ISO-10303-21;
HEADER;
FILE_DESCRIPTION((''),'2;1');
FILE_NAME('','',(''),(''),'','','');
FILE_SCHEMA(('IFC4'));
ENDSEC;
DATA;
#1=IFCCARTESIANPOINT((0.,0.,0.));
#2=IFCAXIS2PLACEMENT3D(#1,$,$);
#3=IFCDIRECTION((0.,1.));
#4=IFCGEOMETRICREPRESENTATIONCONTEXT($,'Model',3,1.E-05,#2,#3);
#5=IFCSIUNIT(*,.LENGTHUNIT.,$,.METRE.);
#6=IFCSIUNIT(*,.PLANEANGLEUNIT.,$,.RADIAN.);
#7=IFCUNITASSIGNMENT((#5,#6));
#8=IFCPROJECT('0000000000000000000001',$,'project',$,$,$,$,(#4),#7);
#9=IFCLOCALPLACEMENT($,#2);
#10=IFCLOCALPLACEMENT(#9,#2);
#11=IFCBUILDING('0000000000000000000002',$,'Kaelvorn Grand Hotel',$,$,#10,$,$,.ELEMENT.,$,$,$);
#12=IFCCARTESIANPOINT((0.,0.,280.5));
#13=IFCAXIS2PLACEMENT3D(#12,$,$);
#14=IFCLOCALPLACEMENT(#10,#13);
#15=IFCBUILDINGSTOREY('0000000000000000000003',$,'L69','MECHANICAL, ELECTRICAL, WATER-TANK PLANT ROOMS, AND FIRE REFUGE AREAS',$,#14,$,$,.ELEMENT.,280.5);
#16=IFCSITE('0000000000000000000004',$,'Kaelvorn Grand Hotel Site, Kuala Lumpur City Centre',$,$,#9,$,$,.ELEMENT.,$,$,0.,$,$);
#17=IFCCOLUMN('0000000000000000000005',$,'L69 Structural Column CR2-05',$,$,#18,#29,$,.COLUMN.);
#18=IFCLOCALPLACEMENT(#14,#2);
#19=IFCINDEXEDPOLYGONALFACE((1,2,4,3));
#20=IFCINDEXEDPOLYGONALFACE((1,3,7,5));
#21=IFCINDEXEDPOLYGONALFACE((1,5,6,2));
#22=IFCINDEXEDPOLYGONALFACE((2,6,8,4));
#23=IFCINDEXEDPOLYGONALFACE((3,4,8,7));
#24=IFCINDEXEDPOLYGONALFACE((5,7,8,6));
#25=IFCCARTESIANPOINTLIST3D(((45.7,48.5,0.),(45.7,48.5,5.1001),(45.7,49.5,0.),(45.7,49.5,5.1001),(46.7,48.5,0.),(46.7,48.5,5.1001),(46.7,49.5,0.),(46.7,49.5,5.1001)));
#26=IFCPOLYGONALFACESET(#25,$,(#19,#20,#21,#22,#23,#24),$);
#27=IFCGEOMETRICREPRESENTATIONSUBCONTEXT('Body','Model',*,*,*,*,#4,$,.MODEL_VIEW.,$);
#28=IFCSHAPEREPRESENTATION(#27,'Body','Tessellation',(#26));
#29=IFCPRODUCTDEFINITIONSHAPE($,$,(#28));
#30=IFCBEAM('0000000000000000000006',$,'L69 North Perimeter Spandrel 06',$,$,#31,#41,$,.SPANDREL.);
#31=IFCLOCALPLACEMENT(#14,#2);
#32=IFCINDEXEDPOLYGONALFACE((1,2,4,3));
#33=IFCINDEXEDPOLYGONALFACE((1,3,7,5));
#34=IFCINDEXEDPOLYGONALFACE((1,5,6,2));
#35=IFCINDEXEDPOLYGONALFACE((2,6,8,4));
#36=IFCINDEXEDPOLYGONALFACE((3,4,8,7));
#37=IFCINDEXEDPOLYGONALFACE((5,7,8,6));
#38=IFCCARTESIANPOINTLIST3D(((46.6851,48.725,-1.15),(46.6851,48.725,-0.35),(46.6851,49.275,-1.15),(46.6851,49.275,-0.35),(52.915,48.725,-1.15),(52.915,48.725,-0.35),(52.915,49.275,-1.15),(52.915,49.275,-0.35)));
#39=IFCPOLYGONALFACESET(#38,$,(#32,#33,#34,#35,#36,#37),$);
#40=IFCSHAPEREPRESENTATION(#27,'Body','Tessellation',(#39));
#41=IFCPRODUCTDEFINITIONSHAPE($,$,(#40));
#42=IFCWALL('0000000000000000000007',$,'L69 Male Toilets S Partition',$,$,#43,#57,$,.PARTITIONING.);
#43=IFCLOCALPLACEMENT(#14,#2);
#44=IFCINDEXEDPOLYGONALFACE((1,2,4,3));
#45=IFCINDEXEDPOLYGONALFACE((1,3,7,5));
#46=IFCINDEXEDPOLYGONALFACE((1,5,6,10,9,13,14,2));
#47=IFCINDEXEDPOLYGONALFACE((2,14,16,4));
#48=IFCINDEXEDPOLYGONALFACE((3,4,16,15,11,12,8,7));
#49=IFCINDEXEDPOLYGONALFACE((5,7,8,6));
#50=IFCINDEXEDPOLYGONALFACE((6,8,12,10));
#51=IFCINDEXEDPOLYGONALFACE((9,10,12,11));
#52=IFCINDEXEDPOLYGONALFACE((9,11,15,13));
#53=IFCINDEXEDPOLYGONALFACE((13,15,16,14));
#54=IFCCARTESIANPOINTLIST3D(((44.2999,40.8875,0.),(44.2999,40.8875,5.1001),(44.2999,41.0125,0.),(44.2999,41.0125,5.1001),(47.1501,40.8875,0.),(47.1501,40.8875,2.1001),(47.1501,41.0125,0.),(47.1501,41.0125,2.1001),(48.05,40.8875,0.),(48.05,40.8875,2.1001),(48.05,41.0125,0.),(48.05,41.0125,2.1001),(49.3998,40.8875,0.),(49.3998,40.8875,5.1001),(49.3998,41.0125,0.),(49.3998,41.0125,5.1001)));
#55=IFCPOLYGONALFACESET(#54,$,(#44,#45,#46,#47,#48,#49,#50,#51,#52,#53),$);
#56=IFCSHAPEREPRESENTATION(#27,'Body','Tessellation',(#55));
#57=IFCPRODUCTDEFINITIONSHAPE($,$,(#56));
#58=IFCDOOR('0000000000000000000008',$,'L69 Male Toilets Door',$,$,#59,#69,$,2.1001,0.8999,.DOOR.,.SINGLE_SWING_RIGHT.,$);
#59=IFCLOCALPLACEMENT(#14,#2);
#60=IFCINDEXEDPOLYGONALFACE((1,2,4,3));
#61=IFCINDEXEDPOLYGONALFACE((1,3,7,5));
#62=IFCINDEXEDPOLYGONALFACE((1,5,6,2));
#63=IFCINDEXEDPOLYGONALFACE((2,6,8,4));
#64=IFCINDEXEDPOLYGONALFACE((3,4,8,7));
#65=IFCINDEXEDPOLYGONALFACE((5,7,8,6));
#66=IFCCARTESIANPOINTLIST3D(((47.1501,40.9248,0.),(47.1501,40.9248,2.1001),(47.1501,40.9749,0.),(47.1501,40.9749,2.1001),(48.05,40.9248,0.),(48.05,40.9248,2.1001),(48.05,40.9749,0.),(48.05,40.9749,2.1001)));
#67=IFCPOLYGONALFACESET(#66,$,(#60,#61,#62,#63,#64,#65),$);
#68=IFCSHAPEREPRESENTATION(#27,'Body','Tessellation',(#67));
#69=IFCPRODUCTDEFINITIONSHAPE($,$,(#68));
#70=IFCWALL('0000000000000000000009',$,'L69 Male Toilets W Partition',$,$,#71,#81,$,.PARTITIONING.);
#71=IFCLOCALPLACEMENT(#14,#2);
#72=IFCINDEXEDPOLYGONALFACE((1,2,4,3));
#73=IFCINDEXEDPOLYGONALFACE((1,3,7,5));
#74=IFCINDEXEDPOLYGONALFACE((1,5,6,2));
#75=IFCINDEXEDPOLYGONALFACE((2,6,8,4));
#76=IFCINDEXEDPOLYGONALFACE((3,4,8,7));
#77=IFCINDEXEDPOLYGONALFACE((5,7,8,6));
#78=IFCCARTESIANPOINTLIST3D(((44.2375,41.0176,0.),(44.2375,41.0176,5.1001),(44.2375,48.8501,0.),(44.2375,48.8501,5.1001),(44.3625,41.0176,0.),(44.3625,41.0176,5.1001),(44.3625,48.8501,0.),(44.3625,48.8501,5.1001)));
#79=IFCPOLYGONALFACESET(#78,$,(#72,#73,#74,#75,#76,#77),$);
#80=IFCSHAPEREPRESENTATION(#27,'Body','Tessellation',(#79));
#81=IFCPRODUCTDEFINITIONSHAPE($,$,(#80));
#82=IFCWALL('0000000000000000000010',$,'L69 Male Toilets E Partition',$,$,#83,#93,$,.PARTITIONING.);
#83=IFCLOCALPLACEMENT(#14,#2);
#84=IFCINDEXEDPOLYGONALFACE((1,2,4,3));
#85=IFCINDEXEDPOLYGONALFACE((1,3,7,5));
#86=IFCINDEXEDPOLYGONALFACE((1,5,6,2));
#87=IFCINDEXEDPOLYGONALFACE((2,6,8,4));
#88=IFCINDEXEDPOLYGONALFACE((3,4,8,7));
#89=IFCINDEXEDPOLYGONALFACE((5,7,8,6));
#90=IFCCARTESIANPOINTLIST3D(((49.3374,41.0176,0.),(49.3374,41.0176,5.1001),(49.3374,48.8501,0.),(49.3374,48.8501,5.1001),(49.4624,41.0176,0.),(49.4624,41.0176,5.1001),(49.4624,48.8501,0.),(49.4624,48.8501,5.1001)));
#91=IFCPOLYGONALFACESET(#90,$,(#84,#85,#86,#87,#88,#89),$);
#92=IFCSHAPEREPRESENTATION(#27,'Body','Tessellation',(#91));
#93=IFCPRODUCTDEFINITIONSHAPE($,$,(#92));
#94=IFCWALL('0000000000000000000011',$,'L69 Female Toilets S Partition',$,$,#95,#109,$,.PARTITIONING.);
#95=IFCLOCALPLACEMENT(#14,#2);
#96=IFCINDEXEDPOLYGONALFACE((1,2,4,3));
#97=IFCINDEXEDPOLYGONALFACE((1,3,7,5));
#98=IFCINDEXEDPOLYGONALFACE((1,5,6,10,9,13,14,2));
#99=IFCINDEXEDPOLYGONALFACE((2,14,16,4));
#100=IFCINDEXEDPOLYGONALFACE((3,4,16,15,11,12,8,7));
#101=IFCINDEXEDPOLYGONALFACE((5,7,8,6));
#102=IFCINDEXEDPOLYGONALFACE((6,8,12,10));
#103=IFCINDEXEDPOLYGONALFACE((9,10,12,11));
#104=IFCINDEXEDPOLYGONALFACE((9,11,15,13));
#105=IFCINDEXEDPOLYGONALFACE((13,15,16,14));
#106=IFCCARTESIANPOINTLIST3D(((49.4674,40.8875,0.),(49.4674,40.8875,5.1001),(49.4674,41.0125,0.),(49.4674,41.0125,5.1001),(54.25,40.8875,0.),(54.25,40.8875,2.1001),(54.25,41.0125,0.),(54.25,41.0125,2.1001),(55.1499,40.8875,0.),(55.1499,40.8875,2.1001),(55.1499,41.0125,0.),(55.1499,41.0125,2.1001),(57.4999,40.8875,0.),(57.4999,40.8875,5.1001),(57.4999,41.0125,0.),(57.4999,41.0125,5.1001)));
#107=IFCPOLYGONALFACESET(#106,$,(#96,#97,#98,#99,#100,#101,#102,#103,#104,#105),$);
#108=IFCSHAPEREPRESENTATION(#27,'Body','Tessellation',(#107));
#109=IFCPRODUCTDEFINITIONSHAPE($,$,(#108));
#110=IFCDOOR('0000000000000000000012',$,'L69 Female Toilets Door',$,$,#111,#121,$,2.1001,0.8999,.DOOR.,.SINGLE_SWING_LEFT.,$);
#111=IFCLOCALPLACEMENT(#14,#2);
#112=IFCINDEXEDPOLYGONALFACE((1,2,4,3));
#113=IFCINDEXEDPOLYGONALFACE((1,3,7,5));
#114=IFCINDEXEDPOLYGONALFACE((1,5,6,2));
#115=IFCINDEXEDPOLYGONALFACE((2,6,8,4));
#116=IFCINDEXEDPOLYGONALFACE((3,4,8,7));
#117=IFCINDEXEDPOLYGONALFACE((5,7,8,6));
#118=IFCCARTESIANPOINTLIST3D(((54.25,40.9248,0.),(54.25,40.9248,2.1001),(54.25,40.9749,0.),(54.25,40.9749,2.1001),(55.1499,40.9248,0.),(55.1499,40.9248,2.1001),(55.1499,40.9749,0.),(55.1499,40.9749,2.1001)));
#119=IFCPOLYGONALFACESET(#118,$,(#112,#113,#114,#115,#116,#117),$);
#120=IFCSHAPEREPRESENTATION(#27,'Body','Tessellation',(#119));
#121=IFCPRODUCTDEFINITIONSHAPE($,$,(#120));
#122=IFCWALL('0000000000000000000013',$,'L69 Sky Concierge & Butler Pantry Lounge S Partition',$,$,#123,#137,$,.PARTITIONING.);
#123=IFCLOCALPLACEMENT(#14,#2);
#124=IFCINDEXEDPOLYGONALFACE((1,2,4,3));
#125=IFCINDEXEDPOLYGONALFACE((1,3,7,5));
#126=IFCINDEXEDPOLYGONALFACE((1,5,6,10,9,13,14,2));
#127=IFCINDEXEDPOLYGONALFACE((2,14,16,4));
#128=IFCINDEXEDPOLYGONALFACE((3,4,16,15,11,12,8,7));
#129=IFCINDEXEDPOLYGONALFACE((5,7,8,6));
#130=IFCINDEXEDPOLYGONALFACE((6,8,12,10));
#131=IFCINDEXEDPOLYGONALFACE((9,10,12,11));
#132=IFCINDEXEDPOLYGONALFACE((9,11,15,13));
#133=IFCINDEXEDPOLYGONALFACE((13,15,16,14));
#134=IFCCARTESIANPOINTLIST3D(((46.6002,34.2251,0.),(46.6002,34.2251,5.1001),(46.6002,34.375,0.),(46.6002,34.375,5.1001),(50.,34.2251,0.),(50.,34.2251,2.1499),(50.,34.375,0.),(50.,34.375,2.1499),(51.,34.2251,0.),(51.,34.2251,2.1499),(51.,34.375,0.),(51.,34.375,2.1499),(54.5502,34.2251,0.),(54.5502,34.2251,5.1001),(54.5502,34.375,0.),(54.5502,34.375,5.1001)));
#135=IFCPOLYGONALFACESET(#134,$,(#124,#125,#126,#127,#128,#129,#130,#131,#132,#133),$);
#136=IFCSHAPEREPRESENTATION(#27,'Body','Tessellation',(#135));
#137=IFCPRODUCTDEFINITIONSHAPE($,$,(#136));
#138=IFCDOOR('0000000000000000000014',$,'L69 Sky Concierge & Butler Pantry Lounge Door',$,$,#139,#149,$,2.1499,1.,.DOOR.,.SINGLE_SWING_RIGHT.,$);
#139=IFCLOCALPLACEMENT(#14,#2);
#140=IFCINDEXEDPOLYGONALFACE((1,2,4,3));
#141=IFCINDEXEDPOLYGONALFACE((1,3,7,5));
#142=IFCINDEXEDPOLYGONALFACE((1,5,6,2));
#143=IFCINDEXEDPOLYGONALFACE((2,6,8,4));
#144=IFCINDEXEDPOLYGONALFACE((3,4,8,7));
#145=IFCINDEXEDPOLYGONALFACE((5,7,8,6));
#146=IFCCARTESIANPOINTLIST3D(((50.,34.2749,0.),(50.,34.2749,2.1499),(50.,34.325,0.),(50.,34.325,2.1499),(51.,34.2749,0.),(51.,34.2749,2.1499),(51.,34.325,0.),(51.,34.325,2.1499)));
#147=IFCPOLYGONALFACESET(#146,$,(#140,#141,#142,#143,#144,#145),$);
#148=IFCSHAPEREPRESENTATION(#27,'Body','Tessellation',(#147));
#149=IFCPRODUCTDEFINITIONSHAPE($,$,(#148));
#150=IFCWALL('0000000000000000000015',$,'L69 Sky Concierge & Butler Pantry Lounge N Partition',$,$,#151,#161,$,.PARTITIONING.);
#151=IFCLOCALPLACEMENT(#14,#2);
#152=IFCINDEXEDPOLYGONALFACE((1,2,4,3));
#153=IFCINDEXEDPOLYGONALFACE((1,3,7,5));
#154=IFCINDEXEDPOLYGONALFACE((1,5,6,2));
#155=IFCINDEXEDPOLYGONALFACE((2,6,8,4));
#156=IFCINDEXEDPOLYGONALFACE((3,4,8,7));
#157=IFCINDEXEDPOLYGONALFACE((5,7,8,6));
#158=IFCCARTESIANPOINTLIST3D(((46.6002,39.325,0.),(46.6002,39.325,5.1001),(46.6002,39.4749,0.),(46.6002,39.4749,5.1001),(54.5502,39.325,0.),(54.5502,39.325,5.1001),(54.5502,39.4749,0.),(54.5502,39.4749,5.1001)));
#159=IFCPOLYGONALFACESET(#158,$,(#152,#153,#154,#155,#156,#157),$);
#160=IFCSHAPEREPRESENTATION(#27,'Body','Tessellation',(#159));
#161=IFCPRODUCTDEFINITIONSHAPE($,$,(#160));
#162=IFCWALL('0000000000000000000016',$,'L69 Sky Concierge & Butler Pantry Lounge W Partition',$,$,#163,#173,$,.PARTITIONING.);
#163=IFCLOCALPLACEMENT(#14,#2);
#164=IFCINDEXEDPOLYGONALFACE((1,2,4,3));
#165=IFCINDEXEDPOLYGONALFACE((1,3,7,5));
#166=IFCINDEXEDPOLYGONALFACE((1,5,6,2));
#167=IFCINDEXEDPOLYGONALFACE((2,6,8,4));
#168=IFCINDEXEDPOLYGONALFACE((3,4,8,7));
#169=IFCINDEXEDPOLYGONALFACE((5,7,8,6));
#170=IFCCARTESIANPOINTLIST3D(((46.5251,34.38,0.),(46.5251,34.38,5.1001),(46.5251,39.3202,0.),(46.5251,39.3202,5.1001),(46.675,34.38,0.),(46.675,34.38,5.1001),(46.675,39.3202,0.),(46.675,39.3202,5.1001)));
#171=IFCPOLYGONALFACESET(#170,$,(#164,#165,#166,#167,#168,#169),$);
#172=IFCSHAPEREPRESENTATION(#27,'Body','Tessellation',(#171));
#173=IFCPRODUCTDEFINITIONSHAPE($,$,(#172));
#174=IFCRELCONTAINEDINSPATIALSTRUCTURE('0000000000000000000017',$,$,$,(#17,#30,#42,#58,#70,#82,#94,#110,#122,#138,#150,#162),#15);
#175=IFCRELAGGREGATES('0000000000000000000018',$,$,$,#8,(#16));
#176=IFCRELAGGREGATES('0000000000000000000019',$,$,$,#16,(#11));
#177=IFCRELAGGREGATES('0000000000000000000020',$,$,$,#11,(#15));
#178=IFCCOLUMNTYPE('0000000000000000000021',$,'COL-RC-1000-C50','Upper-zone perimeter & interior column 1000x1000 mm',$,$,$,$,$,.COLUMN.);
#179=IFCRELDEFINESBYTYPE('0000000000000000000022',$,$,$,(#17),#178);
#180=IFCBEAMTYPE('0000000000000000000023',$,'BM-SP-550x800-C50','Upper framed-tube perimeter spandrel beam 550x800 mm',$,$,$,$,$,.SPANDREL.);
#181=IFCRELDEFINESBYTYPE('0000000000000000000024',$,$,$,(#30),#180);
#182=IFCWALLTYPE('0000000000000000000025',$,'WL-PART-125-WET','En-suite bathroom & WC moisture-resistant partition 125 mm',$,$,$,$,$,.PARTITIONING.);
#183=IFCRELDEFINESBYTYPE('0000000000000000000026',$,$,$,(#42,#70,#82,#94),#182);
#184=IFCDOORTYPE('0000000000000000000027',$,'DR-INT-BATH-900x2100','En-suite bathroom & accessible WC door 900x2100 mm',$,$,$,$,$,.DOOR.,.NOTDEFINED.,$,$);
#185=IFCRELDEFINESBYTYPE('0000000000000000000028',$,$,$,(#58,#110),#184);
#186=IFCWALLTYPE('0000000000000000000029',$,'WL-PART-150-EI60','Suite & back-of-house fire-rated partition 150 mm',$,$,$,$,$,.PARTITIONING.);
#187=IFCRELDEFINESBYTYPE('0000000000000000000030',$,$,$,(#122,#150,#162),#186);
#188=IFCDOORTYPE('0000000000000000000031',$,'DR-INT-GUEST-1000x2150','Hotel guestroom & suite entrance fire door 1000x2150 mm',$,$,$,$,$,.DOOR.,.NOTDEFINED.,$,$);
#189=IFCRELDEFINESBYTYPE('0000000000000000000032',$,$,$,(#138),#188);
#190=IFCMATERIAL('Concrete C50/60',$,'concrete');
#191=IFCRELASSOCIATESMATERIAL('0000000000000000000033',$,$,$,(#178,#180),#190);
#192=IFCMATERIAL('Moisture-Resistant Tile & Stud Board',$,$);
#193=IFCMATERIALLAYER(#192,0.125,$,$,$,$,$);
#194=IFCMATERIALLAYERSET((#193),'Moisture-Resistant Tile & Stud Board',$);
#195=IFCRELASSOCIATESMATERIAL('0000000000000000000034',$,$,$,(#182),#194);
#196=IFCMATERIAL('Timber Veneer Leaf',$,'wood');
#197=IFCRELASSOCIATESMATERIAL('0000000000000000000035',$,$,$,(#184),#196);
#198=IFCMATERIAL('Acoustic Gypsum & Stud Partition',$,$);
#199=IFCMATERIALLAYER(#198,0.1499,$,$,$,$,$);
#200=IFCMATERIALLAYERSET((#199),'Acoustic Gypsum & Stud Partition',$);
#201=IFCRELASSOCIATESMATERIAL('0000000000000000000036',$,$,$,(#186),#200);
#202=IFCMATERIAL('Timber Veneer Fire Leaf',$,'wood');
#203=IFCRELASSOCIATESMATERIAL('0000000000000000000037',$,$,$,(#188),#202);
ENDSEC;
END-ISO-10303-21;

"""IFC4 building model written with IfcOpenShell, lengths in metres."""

from ifc_helpers import new_model, si_unit, direction, frame, frame_2d, origin, origin_2d, place, context, subcontext, project, spatial, rectangle, extrude, material, layer, layer_set, material_profile, profile_set, type_object, element, fill, save


model = new_model("IFC4")

# Units and contexts
model_context = context("Model", 3, precision=1e-05, world=origin(), true_north=direction((0.0, 1.0)))
body_context = subcontext(model_context, "Body", "Model", "MODEL_VIEW")
ifc_project = project(units=[si_unit("LENGTHUNIT", "METRE"), si_unit("PLANEANGLEUNIT", "RADIAN")], contexts=[model_context])

# Site, building, storey
site_placement = place(None, origin())
site = spatial("IfcSite", under=ifc_project, at=site_placement, Name="Kaelvorn Grand Hotel Site, Kuala Lumpur City Centre", CompositionType="ELEMENT", RefElevation=0.0)
building_placement = place(site_placement, origin())
building = spatial("IfcBuilding", under=site, at=building_placement, Name="Kaelvorn Grand Hotel", CompositionType="ELEMENT")
storey_placement = place(building_placement, frame((0.0, 0.0, 280.5)))
storey = spatial("IfcBuildingStorey", under=building, at=storey_placement, Name="L69", Description="MECHANICAL, ELECTRICAL, WATER-TANK PLANT ROOMS, AND FIRE REFUGE AREAS", CompositionType="ELEMENT", Elevation=280.5)

# Column
ifc_material_1 = material(Name="Concrete C50/60", Category="concrete")
ifc_material_profile_1 = material_profile(ifc_material_1, rectangle(XDim=1.0, YDim=1.0, at=origin_2d()), Name="RC COL 1000x1000")
ifc_profile_set_1 = profile_set([ifc_material_profile_1], Name="Concrete C50/60")
column_type = type_object("IfcColumnType", Name="COL-RC-1000-C50", Description="Upper-zone perimeter & interior column 1000x1000 mm", PredefinedType="COLUMN", material=ifc_profile_set_1)
column_placement = place(storey_placement, frame((46.2, 49.0, 0.0), z_axis=(0.0, 0.0, 1.0), x_axis=(1.0, 0.0, 0.0)))
element("IfcColumn", 1, at=column_placement, inside=storey, type_object=column_type, Name="L69 Structural Column CR2-05", PredefinedType="COLUMN", context=body_context, shape_type="SweptSolid", body=[
    extrude(rectangle(XDim=1.0, YDim=1.0, at=origin_2d()), origin(), (0.0, 0.0, 1.0), 5.1001),
])

# Beam
ifc_material_profile_2 = material_profile(ifc_material_1, rectangle(XDim=0.55, YDim=0.8, at=origin_2d()), Name="RC SPANDREL 550x800")
ifc_profile_set_2 = profile_set([ifc_material_profile_2], Name="Concrete C50/60")
beam_type = type_object("IfcBeamType", Name="BM-SP-550x800-C50", Description="Upper framed-tube perimeter spandrel beam 550x800 mm", PredefinedType="SPANDREL", material=ifc_profile_set_2)
beam_placement = place(storey_placement, frame((46.6851, 49.0, -0.75), z_axis=(1.0, 0.0, 0.0), x_axis=(0.0, 1.0, 0.0)))
element("IfcBeam", 2, at=beam_placement, inside=storey, type_object=beam_type, Name="L69 North Perimeter Spandrel 06", PredefinedType="SPANDREL", context=body_context, shape_type="SweptSolid", body=[
    extrude(rectangle(XDim=0.55, YDim=0.8, at=origin_2d()), origin(), (0.0, 0.0, 1.0), 6.23),
])

# Wall, opening, door
ifc_material_2 = material(Name="Moisture-Resistant Tile & Stud Board")
ifc_layer_1 = layer(ifc_material_2, 0.125)
ifc_layer_set_1 = layer_set([ifc_layer_1], Name="Moisture-Resistant Tile & Stud Board")
wall_type_1 = type_object("IfcWallType", Name="WL-PART-125-WET", Description="En-suite bathroom & WC moisture-resistant partition 125 mm", PredefinedType="PARTITIONING", material=ifc_layer_set_1)
wall_1_placement = place(storey_placement, frame((44.3, 40.95, 0.0), z_axis=(0.0, 0.0, 1.0), x_axis=(1.0, 0.0, 0.0)))
wall_1 = element("IfcWall", 3, at=wall_1_placement, inside=storey, type_object=wall_type_1, Name="L69 Male Toilets S Partition", PredefinedType="PARTITIONING", context=body_context, shape_type="SweptSolid", body=[
    extrude(rectangle(XDim=5.0999, YDim=0.125, at=frame_2d((2.5498, 0.0))), origin(), (0.0, 0.0, 1.0), 5.1001),
])
opening_1_placement = place(wall_1_placement, frame((2.8501, 0.0, 0.0)))
opening_1 = element("IfcOpeningElement", 4, at=opening_1_placement, cuts=wall_1, PredefinedType="OPENING", context=body_context, shape_type="SweptSolid", body=[
    extrude(rectangle(XDim=0.8999, YDim=2.1001, at=frame_2d((0.45, 1.05))), frame((0.0, 0.0725, 0.0), z_axis=(0.0, -1.0, 0.0), x_axis=(1.0, 0.0, 0.0)), (0.0, 0.0, 1.0), 0.145),
])
ifc_material_3 = material(Name="Timber Veneer Leaf", Category="wood")
door_type_1 = type_object("IfcDoorType", Name="DR-INT-BATH-900x2100", Description="En-suite bathroom & accessible WC door 900x2100 mm", OperationType="NOTDEFINED", PredefinedType="DOOR", material=ifc_material_3)
door_1_placement = place(opening_1_placement, origin())
door_1 = element("IfcDoor", 5, at=door_1_placement, inside=storey, type_object=door_type_1, Name="L69 Male Toilets Door", OperationType="SINGLE_SWING_RIGHT", OverallHeight=2.1001, OverallWidth=0.8999, PredefinedType="DOOR", context=body_context, shape_type="SweptSolid", body=[
    extrude(rectangle(XDim=0.8999, YDim=2.1001, at=frame_2d((0.45, 1.05))), frame((0.0, 0.0249, 0.0), z_axis=(0.0, -1.0, 0.0), x_axis=(1.0, 0.0, 0.0)), (0.0, 0.0, 1.0), 0.05),
])
fill(opening_1, door_1)

# Walls
for number, where, z_axis, x_axis, name in (
    (6, (44.3, 41.0176, 0.0), (0.0, 0.0, 1.0), (0.0, 1.0, 0.0), "L69 Male Toilets W Partition"),
    (7, (49.3999, 41.0176, 0.0), (0.0, 0.0, 1.0), (0.0, 1.0, 0.0), "L69 Male Toilets E Partition"),
):
    element("IfcWall", number, at=place(storey_placement, frame(where, z_axis=z_axis, x_axis=x_axis)), inside=storey, type_object=wall_type_1, Name=name, PredefinedType="PARTITIONING", context=body_context, shape_type="SweptSolid", body=[
        extrude(rectangle(XDim=7.8325, YDim=0.125, at=frame_2d((3.9163, 0.0))), origin(), (0.0, 0.0, 1.0), 5.1001),
    ])

# Walls, openings, doors
wall_2_placement = place(storey_placement, frame((49.4675, 40.95, 0.0), z_axis=(0.0, 0.0, 1.0), x_axis=(1.0, 0.0, 0.0)))
wall_2 = element("IfcWall", 8, at=wall_2_placement, inside=storey, type_object=wall_type_1, Name="L69 Female Toilets S Partition", PredefinedType="PARTITIONING", context=body_context, shape_type="SweptSolid", body=[
    extrude(rectangle(XDim=8.0325, YDim=0.125, at=frame_2d((4.0161, 0.0))), origin(), (0.0, 0.0, 1.0), 5.1001),
])
opening_2_placement = place(wall_2_placement, frame((4.7825, 0.0, 0.0)))
opening_2 = element("IfcOpeningElement", 9, at=opening_2_placement, cuts=wall_2, PredefinedType="OPENING", context=body_context, shape_type="SweptSolid", body=[
    extrude(rectangle(XDim=0.8999, YDim=2.1001, at=frame_2d((0.45, 1.05))), frame((0.0, 0.0725, 0.0), z_axis=(0.0, -1.0, 0.0), x_axis=(1.0, 0.0, 0.0)), (0.0, 0.0, 1.0), 0.145),
])
door_2_placement = place(opening_2_placement, origin())
door_2 = element("IfcDoor", 10, at=door_2_placement, inside=storey, type_object=door_type_1, Name="L69 Female Toilets Door", OperationType="SINGLE_SWING_LEFT", OverallHeight=2.1001, OverallWidth=0.8999, PredefinedType="DOOR", context=body_context, shape_type="SweptSolid", body=[
    extrude(rectangle(XDim=0.8999, YDim=2.1001, at=frame_2d((0.45, 1.05))), frame((0.0, 0.0249, 0.0), z_axis=(0.0, -1.0, 0.0), x_axis=(1.0, 0.0, 0.0)), (0.0, 0.0, 1.0), 0.05),
])
fill(opening_2, door_2)
ifc_material_4 = material(Name="Acoustic Gypsum & Stud Partition")
ifc_layer_2 = layer(ifc_material_4, 0.1499)
ifc_layer_set_2 = layer_set([ifc_layer_2], Name="Acoustic Gypsum & Stud Partition")
wall_type_2 = type_object("IfcWallType", Name="WL-PART-150-EI60", Description="Suite & back-of-house fire-rated partition 150 mm", PredefinedType="PARTITIONING", material=ifc_layer_set_2)
wall_3_placement = place(storey_placement, frame((46.6001, 34.3, 0.0), z_axis=(0.0, 0.0, 1.0), x_axis=(1.0, 0.0, 0.0)))
wall_3 = element("IfcWall", 11, at=wall_3_placement, inside=storey, type_object=wall_type_2, Name="L69 Sky Concierge & Butler Pantry Lounge S Partition", PredefinedType="PARTITIONING", context=body_context, shape_type="SweptSolid", body=[
    extrude(rectangle(XDim=7.95, YDim=0.1499, at=frame_2d((3.9751, 0.0))), origin(), (0.0, 0.0, 1.0), 5.1001),
])
opening_3_placement = place(wall_3_placement, frame((3.3999, 0.0, 0.0)))
opening_3 = element("IfcOpeningElement", 12, at=opening_3_placement, cuts=wall_3, PredefinedType="OPENING", context=body_context, shape_type="SweptSolid", body=[
    extrude(rectangle(XDim=1.0, YDim=2.1499, at=frame_2d((0.5, 1.075))), frame((0.0, 0.085, 0.0), z_axis=(0.0, -1.0, 0.0), x_axis=(1.0, 0.0, 0.0)), (0.0, 0.0, 1.0), 0.1699),
])
ifc_material_5 = material(Name="Timber Veneer Fire Leaf", Category="wood")
door_type_2 = type_object("IfcDoorType", Name="DR-INT-GUEST-1000x2150", Description="Hotel guestroom & suite entrance fire door 1000x2150 mm", OperationType="NOTDEFINED", PredefinedType="DOOR", material=ifc_material_5)
door_3_placement = place(opening_3_placement, origin())
door_3 = element("IfcDoor", 13, at=door_3_placement, inside=storey, type_object=door_type_2, Name="L69 Sky Concierge & Butler Pantry Lounge Door", OperationType="SINGLE_SWING_RIGHT", OverallHeight=2.1499, OverallWidth=1.0, PredefinedType="DOOR", context=body_context, shape_type="SweptSolid", body=[
    extrude(rectangle(XDim=1.0, YDim=2.1499, at=frame_2d((0.5, 1.075))), frame((0.0, 0.0249, 0.0), z_axis=(0.0, -1.0, 0.0), x_axis=(1.0, 0.0, 0.0)), (0.0, 0.0, 1.0), 0.05),
])
fill(opening_3, door_3)

# Walls
wall_4_placement = place(storey_placement, frame((46.6001, 39.3999, 0.0), z_axis=(0.0, 0.0, 1.0), x_axis=(1.0, 0.0, 0.0)))
element("IfcWall", 14, at=wall_4_placement, inside=storey, type_object=wall_type_2, Name="L69 Sky Concierge & Butler Pantry Lounge N Partition", PredefinedType="PARTITIONING", context=body_context, shape_type="SweptSolid", body=[
    extrude(rectangle(XDim=7.95, YDim=0.1499, at=frame_2d((3.9751, 0.0))), origin(), (0.0, 0.0, 1.0), 5.1001),
])
wall_5_placement = place(storey_placement, frame((46.6001, 34.3799, 0.0), z_axis=(0.0, 0.0, 1.0), x_axis=(0.0, 1.0, 0.0)))
element("IfcWall", 15, at=wall_5_placement, inside=storey, type_object=wall_type_2, Name="L69 Sky Concierge & Butler Pantry Lounge W Partition", PredefinedType="PARTITIONING", context=body_context, shape_type="SweptSolid", body=[
    extrude(rectangle(XDim=4.9402, YDim=0.1499, at=frame_2d((2.4702, 0.0))), origin(), (0.0, 0.0, 1.0), 5.1001),
])

save(model, "model.ifc")
